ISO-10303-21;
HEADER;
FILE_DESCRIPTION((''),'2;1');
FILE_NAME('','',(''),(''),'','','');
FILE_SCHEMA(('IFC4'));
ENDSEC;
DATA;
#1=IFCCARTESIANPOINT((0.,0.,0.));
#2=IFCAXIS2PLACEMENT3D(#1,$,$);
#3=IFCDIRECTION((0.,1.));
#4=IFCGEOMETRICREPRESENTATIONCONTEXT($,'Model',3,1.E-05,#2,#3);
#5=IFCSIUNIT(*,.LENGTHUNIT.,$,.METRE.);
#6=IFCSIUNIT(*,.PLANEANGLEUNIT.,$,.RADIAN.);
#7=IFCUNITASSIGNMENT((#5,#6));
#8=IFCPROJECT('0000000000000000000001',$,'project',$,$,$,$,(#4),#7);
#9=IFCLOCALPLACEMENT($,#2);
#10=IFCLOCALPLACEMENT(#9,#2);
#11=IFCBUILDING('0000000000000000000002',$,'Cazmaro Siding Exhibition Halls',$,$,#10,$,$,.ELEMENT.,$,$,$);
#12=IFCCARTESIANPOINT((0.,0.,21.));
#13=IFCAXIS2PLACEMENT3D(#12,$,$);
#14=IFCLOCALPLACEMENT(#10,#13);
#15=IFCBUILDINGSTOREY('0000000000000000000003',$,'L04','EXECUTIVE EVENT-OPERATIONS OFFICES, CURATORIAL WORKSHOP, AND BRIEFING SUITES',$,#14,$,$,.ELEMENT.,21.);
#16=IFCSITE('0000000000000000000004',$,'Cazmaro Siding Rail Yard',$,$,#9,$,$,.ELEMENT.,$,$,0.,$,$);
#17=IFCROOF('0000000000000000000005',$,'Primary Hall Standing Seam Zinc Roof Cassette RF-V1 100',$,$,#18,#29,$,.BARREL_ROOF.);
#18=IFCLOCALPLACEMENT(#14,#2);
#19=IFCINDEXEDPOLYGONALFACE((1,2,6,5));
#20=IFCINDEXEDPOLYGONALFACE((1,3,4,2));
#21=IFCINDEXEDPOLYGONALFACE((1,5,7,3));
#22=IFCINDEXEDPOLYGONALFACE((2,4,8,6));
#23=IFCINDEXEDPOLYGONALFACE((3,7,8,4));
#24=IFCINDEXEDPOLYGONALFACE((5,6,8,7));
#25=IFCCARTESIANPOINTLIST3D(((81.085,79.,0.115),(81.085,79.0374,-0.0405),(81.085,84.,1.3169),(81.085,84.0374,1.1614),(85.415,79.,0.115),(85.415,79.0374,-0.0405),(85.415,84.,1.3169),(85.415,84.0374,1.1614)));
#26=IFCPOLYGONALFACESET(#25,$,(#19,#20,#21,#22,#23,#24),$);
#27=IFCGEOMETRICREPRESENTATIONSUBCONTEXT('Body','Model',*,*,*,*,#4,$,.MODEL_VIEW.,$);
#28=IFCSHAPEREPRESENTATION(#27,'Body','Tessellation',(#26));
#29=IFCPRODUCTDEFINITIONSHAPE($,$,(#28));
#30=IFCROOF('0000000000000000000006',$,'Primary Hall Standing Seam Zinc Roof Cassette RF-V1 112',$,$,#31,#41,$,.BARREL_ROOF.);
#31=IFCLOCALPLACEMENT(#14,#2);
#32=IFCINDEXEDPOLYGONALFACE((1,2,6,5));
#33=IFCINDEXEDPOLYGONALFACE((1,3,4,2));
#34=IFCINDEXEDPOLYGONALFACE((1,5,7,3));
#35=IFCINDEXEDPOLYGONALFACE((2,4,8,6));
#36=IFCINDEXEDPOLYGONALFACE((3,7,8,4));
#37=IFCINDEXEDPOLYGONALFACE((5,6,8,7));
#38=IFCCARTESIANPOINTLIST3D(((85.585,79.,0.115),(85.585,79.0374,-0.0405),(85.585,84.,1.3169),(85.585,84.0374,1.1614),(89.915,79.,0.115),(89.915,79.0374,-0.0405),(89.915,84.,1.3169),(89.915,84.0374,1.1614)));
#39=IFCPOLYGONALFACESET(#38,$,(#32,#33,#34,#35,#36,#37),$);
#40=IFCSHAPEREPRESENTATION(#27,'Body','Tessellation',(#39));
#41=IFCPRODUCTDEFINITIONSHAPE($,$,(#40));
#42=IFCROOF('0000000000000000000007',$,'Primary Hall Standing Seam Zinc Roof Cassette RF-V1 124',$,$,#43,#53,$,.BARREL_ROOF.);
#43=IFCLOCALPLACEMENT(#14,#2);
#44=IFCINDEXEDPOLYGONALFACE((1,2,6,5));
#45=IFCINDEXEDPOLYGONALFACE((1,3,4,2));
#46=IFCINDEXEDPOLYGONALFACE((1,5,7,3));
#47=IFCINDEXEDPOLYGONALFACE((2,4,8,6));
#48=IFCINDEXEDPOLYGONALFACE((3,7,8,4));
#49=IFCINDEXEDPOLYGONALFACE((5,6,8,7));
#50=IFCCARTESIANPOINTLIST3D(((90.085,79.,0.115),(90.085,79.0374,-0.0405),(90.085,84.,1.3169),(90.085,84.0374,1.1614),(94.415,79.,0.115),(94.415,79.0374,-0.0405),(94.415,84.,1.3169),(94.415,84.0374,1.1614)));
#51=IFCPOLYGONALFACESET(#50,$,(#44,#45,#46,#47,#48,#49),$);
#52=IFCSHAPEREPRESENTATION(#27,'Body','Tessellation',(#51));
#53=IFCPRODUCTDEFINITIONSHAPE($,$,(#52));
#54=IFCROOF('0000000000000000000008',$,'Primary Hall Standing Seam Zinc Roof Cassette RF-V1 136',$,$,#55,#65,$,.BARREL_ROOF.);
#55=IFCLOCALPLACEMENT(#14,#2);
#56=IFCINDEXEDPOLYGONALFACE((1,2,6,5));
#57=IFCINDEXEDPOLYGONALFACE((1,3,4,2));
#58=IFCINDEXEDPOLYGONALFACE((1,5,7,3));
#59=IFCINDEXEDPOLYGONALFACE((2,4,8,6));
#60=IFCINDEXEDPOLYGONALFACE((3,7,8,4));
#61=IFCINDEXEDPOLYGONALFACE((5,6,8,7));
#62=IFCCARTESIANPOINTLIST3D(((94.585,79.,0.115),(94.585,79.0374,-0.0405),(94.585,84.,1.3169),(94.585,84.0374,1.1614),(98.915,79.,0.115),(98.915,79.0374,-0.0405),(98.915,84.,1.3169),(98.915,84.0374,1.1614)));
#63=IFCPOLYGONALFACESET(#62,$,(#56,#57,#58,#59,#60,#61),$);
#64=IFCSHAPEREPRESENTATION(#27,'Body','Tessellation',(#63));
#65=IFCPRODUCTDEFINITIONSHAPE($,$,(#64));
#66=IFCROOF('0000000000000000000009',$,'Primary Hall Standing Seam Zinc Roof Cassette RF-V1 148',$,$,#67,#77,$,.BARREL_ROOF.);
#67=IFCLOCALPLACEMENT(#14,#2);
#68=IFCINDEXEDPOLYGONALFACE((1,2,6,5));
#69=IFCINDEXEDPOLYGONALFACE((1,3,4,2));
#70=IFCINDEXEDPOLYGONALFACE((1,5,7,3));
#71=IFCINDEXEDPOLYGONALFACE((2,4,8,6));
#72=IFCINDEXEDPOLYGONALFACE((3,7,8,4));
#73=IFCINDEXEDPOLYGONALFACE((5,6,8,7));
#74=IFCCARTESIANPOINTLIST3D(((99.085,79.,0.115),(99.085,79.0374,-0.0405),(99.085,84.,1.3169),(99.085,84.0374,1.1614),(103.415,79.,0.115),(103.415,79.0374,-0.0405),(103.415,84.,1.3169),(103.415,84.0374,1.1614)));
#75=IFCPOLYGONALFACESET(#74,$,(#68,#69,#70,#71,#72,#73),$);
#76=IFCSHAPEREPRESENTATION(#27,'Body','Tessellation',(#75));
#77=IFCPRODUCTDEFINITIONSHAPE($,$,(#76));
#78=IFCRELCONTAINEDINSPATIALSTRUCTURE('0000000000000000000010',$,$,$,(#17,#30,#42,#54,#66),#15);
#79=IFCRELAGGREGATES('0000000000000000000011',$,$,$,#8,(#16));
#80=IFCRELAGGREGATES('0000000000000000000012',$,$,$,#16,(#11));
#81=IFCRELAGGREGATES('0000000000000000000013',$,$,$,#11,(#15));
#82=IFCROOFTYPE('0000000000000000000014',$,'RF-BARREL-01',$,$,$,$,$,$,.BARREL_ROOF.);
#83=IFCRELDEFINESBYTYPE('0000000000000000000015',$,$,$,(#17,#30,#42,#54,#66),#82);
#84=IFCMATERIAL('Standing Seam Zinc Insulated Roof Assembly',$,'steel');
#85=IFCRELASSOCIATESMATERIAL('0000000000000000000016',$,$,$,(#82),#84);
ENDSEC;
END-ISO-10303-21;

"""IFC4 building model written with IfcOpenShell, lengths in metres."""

from ifc_helpers import new_model, si_unit, direction, frame, origin, place, context, subcontext, project, spatial, polyline, outline, extrude, material, type_object, element, save


model = new_model("IFC4")

# Units and contexts
model_context = context("Model", 3, precision=1e-05, world=origin(), true_north=direction((0.0, 1.0)))
body_context = subcontext(model_context, "Body", "Model", "MODEL_VIEW")
ifc_project = project(units=[si_unit("LENGTHUNIT", "METRE"), si_unit("PLANEANGLEUNIT", "RADIAN")], contexts=[model_context])

# Site, building, storey
site_placement = place(None, origin())
site = spatial("IfcSite", under=ifc_project, at=site_placement, Name="Cazmaro Siding Rail Yard", CompositionType="ELEMENT", RefElevation=0.0)
building_placement = place(site_placement, origin())
building = spatial("IfcBuilding", under=site, at=building_placement, Name="Cazmaro Siding Exhibition Halls", CompositionType="ELEMENT")
storey_placement = place(building_placement, frame((0.0, 0.0, 21.0)))
storey = spatial("IfcBuildingStorey", under=building, at=storey_placement, Name="L04", Description="EXECUTIVE EVENT-OPERATIONS OFFICES, CURATORIAL WORKSHOP, AND BRIEFING SUITES", CompositionType="ELEMENT", Elevation=21.0)

# Roofs
ifc_material_1 = material(Name="Standing Seam Zinc Insulated Roof Assembly", Category="steel")
roof_type = type_object("IfcRoofType", Name="RF-BARREL-01", PredefinedType="BARREL_ROOF", material=ifc_material_1)
for number, where, z_axis, x_axis, name in (
    (1, (81.085, 79.0, 0.115), (0.0, -0.233723, 0.972303), (1.0, 0.0, 0.0), "Primary Hall Standing Seam Zinc Roof Cassette RF-V1 100"),
    (2, (85.585, 79.0, 0.115), (0.0, -0.233723, 0.972303), (1.0, 0.0, 0.0), "Primary Hall Standing Seam Zinc Roof Cassette RF-V1 112"),
    (3, (90.085, 79.0, 0.115), (0.0, -0.233723, 0.972303), (1.0, 0.0, 0.0), "Primary Hall Standing Seam Zinc Roof Cassette RF-V1 124"),
    (4, (94.585, 79.0, 0.115), (0.0, -0.233723, 0.972303), (1.0, 0.0, 0.0), "Primary Hall Standing Seam Zinc Roof Cassette RF-V1 136"),
    (5, (99.085, 79.0, 0.115), (0.0, -0.233723, 0.972303), (1.0, 0.0, 0.0), "Primary Hall Standing Seam Zinc Roof Cassette RF-V1 148"),
):
    element("IfcRoof", number, at=place(storey_placement, frame(where, z_axis=z_axis, x_axis=x_axis)), inside=storey, type_object=roof_type, Name=name, PredefinedType="BARREL_ROOF", context=body_context, shape_type="SweptSolid", body=[
        extrude(outline(polyline([(0.0, 0.0), (4.3301, 0.0), (4.3301, 5.1424), (0.0, 5.1424), (0.0, 0.0)])), origin(), (0.0, 0.0, -1.0), 0.1599),
    ])

save(model, "model.ifc")
